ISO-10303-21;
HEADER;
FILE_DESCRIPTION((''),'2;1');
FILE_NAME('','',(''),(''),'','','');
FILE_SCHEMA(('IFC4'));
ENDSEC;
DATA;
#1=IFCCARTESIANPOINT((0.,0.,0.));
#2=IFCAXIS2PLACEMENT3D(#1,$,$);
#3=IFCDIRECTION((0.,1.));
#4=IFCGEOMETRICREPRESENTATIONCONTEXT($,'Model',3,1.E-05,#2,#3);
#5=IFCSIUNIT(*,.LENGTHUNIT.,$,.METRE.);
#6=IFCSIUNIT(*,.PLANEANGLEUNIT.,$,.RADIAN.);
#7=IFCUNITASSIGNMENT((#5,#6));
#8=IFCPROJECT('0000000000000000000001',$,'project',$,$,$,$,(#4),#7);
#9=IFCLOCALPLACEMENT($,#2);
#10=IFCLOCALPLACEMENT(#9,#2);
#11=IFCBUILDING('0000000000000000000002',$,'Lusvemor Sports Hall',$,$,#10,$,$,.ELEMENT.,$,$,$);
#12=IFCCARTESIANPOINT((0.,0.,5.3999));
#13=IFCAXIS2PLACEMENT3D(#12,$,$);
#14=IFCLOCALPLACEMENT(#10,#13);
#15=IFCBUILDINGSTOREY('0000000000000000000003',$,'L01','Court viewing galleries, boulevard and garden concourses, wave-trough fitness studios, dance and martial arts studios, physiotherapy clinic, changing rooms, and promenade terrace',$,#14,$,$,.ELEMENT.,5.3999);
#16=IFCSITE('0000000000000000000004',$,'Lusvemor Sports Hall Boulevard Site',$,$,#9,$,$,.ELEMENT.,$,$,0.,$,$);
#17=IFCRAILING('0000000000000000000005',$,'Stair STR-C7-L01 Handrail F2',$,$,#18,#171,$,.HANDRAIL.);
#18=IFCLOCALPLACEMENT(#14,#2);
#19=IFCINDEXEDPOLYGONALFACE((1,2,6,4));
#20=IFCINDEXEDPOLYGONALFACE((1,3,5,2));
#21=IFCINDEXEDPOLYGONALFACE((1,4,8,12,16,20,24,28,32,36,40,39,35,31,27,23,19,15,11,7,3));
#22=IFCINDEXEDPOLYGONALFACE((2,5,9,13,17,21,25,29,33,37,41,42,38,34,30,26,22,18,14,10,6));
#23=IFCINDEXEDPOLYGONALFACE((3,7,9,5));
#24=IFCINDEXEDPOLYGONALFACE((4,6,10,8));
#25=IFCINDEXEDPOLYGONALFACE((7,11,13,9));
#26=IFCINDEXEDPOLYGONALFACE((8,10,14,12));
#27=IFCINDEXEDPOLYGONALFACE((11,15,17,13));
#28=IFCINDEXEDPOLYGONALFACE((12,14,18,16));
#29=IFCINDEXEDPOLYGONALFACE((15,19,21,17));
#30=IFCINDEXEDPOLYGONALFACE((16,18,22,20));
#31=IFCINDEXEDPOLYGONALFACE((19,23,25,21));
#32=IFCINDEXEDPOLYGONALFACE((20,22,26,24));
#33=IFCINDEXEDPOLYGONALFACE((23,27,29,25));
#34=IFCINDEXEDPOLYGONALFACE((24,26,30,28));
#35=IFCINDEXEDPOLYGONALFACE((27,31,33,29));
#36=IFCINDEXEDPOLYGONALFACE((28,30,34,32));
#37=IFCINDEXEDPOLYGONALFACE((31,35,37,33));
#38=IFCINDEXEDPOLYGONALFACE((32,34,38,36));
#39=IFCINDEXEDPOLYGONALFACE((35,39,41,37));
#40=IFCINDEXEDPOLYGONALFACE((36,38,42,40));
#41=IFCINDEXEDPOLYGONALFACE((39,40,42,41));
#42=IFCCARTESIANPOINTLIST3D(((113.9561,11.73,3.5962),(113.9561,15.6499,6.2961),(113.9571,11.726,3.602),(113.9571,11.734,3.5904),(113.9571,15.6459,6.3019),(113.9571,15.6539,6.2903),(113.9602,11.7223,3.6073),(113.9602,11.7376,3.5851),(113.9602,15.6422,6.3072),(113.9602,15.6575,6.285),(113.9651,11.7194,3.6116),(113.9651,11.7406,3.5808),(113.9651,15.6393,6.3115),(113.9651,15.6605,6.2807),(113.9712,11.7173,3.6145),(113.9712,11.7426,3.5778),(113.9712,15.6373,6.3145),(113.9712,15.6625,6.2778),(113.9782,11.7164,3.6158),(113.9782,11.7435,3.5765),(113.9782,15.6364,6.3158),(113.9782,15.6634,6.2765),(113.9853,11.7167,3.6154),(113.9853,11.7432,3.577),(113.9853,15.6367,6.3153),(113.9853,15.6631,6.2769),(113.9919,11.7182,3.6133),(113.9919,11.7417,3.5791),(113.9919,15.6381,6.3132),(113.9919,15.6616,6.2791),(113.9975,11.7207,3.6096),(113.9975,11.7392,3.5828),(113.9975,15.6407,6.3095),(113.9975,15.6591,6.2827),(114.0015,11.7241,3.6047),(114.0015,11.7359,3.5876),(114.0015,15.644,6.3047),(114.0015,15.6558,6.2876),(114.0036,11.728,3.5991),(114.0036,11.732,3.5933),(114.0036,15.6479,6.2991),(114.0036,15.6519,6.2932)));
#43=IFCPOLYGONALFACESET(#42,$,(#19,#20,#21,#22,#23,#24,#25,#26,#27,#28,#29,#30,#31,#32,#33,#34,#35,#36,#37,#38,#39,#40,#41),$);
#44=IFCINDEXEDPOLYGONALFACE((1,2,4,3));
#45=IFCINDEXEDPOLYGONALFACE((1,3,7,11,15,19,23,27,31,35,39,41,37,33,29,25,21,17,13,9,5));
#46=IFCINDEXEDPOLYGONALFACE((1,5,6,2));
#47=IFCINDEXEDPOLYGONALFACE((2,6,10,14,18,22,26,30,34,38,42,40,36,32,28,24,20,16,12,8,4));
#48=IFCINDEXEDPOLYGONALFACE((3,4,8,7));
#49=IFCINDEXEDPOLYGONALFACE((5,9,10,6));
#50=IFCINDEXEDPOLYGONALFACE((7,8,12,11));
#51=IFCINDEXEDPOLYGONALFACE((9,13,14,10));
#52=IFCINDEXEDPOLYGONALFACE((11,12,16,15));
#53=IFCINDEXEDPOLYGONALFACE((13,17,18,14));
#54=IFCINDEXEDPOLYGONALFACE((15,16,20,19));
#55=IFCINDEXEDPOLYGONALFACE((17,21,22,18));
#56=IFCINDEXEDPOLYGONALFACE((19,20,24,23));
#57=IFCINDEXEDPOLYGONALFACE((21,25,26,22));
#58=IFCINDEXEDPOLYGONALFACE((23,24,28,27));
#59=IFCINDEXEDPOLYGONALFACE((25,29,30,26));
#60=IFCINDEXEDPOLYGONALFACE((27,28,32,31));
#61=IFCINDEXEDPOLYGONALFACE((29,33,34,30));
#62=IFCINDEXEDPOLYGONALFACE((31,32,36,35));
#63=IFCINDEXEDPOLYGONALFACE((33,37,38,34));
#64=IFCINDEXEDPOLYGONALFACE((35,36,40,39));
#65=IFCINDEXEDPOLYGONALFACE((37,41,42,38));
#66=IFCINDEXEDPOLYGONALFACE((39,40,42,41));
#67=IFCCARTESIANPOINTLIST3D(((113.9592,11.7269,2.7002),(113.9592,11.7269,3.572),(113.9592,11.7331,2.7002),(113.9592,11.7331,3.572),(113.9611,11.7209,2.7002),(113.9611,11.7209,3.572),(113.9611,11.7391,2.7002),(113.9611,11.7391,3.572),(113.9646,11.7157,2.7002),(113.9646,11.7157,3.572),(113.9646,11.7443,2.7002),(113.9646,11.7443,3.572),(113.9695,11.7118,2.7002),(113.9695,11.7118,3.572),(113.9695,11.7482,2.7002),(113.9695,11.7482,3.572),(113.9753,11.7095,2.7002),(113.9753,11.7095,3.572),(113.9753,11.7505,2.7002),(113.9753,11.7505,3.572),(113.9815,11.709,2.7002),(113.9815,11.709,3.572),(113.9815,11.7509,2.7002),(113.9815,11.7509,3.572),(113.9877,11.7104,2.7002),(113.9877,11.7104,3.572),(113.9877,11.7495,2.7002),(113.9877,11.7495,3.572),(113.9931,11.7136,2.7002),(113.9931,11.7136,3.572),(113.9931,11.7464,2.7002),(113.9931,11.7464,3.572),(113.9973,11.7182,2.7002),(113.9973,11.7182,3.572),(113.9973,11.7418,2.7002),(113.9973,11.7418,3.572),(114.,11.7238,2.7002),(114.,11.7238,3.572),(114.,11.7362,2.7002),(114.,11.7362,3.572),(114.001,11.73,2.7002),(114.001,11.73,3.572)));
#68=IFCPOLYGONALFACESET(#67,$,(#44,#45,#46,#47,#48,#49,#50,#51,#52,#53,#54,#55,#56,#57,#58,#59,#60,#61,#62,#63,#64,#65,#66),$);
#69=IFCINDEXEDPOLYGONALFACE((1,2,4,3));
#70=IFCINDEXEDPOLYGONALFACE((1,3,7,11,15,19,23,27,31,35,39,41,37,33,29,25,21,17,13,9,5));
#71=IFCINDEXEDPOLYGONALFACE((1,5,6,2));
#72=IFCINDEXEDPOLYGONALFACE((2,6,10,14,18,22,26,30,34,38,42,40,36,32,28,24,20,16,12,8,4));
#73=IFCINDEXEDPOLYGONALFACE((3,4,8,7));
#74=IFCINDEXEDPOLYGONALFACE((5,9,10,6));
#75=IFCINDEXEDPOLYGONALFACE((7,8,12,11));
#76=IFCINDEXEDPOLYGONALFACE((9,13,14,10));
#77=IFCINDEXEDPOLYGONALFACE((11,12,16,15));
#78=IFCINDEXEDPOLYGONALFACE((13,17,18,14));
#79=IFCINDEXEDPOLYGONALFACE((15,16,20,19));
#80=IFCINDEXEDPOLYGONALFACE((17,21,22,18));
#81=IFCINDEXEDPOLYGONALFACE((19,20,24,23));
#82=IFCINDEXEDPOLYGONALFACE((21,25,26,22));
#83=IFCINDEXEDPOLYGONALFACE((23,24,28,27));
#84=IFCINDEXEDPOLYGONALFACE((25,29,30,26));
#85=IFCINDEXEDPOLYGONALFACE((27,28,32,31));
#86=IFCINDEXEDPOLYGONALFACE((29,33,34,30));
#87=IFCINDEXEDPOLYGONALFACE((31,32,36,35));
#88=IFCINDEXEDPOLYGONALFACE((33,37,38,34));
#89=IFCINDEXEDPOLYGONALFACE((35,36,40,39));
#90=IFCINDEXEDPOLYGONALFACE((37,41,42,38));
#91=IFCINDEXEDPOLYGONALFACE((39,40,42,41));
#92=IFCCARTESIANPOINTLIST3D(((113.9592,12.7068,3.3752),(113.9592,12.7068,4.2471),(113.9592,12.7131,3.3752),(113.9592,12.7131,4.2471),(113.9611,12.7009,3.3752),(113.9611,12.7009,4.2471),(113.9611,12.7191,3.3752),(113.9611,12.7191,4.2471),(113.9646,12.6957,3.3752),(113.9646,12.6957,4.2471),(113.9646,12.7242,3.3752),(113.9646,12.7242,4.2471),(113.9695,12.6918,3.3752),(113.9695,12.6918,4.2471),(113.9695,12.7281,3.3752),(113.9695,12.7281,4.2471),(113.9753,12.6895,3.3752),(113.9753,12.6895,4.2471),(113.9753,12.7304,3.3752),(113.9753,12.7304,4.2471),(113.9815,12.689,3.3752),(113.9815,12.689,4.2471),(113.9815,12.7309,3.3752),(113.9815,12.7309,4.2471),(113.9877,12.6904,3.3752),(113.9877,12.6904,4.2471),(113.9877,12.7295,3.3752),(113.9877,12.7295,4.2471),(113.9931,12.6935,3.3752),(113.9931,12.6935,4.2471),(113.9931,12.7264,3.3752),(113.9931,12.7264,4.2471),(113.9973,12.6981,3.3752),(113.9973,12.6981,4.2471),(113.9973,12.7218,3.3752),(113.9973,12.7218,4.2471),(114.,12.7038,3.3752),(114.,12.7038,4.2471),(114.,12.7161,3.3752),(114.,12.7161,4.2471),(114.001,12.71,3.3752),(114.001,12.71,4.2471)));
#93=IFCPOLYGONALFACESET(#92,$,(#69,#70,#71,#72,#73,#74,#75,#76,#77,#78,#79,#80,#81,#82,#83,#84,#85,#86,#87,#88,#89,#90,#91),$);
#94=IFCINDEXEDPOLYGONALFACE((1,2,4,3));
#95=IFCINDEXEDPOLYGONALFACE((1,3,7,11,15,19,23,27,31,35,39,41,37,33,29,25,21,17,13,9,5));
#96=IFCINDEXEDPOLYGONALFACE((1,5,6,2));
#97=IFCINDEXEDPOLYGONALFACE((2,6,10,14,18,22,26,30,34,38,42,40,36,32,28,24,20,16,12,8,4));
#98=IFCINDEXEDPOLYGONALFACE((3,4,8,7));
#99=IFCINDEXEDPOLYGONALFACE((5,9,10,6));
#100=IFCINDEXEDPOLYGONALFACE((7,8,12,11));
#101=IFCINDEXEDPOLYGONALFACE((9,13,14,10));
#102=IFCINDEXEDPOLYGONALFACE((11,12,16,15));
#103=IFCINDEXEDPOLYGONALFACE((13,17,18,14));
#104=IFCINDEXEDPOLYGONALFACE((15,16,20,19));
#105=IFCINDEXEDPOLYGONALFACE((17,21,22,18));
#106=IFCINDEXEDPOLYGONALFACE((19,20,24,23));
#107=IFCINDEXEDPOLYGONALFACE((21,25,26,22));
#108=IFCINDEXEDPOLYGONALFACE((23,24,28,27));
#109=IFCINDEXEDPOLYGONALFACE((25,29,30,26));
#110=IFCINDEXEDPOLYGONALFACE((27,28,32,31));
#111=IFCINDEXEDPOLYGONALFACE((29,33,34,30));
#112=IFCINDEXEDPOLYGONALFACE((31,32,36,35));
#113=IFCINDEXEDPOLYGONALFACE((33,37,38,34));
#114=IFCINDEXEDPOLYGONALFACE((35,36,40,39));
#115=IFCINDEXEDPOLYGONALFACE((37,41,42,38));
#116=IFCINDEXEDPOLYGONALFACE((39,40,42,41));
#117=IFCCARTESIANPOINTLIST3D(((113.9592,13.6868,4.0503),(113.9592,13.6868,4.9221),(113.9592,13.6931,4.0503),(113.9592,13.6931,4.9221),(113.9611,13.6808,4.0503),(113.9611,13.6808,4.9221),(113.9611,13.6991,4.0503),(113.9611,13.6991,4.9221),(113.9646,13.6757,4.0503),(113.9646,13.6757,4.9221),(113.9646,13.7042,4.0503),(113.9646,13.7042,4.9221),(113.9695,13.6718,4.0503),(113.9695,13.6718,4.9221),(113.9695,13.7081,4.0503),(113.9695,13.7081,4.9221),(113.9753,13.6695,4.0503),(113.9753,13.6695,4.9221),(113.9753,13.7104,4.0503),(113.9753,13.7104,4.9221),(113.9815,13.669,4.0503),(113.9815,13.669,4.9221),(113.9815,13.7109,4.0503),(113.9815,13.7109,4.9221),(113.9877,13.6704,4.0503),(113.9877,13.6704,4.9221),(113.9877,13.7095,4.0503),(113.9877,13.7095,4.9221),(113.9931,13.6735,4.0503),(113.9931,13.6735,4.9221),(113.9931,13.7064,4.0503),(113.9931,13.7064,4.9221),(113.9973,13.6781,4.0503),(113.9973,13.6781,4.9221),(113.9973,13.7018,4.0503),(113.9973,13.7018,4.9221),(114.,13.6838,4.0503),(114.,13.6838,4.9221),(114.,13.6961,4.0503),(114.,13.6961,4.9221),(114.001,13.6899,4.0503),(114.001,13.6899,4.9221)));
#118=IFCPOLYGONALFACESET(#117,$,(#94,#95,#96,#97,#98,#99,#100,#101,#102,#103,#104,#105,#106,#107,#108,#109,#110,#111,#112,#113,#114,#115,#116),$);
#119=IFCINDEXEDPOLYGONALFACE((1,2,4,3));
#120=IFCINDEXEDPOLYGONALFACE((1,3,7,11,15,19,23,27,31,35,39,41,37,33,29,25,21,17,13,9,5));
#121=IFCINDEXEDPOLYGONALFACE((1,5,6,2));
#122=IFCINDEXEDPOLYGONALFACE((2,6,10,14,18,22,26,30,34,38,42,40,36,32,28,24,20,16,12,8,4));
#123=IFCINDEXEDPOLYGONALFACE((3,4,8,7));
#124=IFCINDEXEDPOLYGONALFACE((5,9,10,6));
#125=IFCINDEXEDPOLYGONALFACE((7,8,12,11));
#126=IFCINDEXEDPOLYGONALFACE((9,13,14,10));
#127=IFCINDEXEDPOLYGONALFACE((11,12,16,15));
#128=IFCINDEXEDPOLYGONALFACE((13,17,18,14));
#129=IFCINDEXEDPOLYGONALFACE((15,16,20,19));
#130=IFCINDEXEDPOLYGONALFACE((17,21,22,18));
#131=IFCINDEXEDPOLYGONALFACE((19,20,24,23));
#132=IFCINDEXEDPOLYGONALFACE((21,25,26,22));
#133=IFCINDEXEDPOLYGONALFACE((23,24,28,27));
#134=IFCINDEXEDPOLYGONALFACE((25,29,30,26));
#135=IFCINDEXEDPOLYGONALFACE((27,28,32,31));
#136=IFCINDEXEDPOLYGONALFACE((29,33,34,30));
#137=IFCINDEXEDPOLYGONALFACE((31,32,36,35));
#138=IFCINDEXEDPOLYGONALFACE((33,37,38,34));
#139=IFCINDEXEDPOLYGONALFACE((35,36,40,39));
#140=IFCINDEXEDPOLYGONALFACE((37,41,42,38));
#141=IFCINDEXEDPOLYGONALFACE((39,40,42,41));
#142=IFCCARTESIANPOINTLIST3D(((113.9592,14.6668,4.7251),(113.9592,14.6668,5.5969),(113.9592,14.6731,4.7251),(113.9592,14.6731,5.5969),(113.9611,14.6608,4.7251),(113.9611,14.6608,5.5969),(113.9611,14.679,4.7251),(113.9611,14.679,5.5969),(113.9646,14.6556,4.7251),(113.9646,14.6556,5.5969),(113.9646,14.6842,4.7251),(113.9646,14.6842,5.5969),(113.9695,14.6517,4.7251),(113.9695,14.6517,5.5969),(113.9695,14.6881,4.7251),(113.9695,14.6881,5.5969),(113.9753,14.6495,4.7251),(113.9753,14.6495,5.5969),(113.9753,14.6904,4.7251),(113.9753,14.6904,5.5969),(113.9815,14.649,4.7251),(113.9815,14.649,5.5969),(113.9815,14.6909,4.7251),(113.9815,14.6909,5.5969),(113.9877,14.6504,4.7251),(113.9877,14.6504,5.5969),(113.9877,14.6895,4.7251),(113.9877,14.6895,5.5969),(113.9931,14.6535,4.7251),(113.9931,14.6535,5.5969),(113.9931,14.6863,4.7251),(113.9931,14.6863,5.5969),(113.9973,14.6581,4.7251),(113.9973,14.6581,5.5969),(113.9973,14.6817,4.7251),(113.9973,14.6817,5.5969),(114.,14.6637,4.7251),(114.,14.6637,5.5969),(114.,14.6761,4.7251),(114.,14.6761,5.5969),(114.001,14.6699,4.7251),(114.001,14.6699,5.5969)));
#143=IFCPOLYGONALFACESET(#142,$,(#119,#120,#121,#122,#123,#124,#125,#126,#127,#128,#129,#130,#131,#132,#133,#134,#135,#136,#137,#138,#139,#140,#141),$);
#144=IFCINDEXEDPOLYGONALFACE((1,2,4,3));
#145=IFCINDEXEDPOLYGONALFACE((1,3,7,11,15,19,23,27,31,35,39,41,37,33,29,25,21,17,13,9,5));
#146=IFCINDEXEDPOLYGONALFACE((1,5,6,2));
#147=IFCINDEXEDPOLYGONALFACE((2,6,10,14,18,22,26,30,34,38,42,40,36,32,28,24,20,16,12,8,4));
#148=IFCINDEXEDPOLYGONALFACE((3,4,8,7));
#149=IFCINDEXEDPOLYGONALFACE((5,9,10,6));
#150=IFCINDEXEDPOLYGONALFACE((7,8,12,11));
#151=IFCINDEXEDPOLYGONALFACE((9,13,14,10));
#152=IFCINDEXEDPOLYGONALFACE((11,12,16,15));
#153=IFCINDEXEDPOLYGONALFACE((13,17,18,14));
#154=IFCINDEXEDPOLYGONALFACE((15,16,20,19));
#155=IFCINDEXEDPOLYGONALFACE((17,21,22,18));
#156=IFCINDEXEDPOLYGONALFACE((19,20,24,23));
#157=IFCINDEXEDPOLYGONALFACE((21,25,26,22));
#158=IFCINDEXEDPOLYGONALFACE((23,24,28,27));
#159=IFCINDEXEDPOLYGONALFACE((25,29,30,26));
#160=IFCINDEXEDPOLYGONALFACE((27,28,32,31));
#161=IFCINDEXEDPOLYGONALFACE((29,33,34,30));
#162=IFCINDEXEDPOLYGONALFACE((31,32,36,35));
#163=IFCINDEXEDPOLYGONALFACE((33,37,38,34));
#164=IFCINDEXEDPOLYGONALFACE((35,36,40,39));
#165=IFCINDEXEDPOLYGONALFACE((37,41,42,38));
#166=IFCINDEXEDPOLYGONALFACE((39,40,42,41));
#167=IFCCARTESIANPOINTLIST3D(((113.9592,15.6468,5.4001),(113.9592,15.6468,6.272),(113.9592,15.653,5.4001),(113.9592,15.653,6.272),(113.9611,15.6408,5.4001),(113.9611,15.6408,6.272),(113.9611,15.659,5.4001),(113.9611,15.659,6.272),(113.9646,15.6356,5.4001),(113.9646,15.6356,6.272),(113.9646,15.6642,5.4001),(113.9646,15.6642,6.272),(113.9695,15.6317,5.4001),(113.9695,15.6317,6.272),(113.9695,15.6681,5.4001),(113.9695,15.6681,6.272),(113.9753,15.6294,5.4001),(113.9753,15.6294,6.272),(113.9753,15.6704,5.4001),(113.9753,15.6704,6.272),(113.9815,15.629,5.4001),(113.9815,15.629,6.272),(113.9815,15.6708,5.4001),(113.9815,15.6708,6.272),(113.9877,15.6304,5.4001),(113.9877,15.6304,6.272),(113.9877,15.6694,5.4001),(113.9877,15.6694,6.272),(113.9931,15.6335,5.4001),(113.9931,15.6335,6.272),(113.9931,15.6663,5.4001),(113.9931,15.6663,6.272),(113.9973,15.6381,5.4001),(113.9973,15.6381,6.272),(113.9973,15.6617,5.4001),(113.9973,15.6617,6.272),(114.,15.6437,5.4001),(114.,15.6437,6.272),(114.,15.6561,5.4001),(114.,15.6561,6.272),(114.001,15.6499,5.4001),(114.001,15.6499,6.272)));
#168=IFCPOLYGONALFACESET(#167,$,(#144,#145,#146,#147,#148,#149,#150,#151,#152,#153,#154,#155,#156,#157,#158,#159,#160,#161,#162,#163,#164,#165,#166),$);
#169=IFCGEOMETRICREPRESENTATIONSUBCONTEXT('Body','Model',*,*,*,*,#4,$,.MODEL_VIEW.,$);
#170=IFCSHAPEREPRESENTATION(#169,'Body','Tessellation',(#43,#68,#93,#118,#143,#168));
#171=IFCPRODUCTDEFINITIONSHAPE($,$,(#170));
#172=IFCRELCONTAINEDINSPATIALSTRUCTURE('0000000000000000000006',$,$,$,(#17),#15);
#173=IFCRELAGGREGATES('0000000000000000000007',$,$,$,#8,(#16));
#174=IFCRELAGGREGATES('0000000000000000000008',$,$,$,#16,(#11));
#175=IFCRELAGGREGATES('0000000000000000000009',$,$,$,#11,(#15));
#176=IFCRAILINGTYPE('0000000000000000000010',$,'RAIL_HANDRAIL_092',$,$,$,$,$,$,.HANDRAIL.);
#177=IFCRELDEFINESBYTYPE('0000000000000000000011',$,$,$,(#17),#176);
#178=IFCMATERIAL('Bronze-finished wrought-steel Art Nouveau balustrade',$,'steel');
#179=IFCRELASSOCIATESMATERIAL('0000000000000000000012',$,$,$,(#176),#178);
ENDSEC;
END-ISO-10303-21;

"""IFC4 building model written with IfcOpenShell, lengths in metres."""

from ifc_helpers import new_model, si_unit, direction, frame, origin, origin_2d, place, context, subcontext, project, spatial, circle, extrude, material, type_object, element, save


model = new_model("IFC4")

# Units and contexts
model_context = context("Model", 3, precision=1e-05, world=origin(), true_north=direction((0.0, 1.0)))
body_context = subcontext(model_context, "Body", "Model", "MODEL_VIEW")
ifc_project = project(units=[si_unit("LENGTHUNIT", "METRE"), si_unit("PLANEANGLEUNIT", "RADIAN")], contexts=[model_context])

# Site, building, storey
site_placement = place(None, origin())
site = spatial("IfcSite", under=ifc_project, at=site_placement, Name="Lusvemor Sports Hall Boulevard Site", CompositionType="ELEMENT", RefElevation=0.0)
building_placement = place(site_placement, origin())
building = spatial("IfcBuilding", under=site, at=building_placement, Name="Lusvemor Sports Hall", CompositionType="ELEMENT")
storey_placement = place(building_placement, frame((0.0, 0.0, 5.3999)))
storey = spatial("IfcBuildingStorey", under=building, at=storey_placement, Name="L01", Description="Court viewing galleries, boulevard and garden concourses, wave-trough fitness studios, dance and martial arts studios, physiotherapy clinic, changing rooms, and promenade terrace", CompositionType="ELEMENT", Elevation=5.3999)

# Railing
ifc_material_1 = material(Name="Bronze-finished wrought-steel Art Nouveau balustrade", Category="steel")
railing_type_1 = type_object("IfcRailingType", Name="RAIL_HANDRAIL_092", PredefinedType="HANDRAIL", material=ifc_material_1)
railing_1_placement = place(storey_placement, frame((113.98, 11.73, 2.7002)))
element("IfcRailing", 1, at=railing_1_placement, inside=storey, type_object=railing_type_1, Name="Stair STR-C7-L01 Handrail F2", PredefinedType="HANDRAIL", context=body_context, shape_type="SweptSolid", body=[
    extrude(circle(Radius=0.0239, at=origin_2d()), frame((0.0, 0.0, 0.896), z_axis=(0.0, 0.823551, 0.567243), x_axis=(-1.0, 0.0, 0.0)), (0.0, 0.0, 1.0), 4.7598),
    extrude(circle(Radius=0.021, at=origin_2d()), origin(), (0.0, 0.0, 1.0), 0.8718),
    extrude(circle(Radius=0.021, at=origin_2d()), frame((0.0, 0.98, 0.675)), (0.0, 0.0, 1.0), 0.8718),
    extrude(circle(Radius=0.021, at=origin_2d()), frame((0.0, 1.96, 1.3501)), (0.0, 0.0, 1.0), 0.8718),
    extrude(circle(Radius=0.021, at=origin_2d()), frame((0.0, 2.9399, 2.0249)), (0.0, 0.0, 1.0), 0.8718),
    extrude(circle(Radius=0.021, at=origin_2d()), frame((0.0, 3.9199, 2.7)), (0.0, 0.0, 1.0), 0.8718),
])

save(model, "model.ifc")
